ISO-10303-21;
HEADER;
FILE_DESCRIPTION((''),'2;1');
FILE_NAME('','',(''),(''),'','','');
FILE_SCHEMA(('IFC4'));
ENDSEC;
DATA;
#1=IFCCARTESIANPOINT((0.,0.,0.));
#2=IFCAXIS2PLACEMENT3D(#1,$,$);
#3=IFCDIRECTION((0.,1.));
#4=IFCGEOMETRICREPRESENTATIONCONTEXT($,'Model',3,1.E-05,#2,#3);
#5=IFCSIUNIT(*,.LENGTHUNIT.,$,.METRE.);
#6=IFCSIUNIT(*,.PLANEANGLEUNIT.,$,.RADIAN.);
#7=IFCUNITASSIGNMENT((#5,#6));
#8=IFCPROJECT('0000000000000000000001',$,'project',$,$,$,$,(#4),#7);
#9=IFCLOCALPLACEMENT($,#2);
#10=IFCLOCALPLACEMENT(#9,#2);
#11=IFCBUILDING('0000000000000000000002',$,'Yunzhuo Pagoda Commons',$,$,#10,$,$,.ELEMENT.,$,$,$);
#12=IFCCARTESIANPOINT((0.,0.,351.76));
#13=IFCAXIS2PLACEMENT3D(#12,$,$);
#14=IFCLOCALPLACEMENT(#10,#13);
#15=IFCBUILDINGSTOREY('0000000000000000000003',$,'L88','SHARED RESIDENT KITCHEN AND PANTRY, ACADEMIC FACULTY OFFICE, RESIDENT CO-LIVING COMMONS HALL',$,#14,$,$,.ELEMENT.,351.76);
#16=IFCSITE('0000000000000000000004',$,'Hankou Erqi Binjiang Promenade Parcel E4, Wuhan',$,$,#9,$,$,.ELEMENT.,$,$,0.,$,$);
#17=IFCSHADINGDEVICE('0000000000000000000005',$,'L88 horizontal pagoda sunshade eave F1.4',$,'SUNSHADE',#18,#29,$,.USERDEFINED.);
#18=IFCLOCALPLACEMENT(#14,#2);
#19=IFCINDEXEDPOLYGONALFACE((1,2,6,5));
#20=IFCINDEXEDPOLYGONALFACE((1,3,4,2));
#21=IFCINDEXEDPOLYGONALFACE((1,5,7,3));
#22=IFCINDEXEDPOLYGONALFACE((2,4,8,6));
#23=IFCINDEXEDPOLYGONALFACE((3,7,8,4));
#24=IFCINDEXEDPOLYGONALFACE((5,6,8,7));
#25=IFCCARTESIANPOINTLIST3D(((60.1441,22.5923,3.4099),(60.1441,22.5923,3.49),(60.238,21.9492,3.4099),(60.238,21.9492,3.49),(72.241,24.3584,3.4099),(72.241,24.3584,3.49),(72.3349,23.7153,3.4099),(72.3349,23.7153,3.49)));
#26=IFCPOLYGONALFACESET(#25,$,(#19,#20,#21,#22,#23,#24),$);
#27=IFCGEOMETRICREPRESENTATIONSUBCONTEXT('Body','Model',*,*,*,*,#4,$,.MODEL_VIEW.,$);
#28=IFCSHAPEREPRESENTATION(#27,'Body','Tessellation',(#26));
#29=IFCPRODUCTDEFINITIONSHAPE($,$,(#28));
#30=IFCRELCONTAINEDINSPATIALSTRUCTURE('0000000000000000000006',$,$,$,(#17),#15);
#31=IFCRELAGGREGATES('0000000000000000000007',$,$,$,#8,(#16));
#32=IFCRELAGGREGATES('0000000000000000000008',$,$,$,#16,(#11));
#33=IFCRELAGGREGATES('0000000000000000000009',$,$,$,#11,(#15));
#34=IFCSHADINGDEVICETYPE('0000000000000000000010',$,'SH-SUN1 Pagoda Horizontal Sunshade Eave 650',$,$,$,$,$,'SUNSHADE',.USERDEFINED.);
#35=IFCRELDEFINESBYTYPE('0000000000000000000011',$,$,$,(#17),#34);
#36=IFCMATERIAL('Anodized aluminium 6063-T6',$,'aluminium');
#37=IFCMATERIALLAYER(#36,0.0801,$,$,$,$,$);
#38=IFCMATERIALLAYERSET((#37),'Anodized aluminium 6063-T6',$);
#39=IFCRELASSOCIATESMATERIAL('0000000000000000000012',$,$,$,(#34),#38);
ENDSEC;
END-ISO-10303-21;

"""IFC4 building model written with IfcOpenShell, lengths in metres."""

from ifc_helpers import new_model, si_unit, direction, frame, origin, origin_2d, place, context, subcontext, project, spatial, rectangle, extrude, source, transform, mapped, material, layer, layer_set, type_object, element, save


model = new_model("IFC4")

# Units and contexts
model_context = context("Model", 3, precision=1e-05, world=origin(), true_north=direction((0.0, 1.0)))
body_context = subcontext(model_context, "Body", "Model", "MODEL_VIEW")
ifc_project = project(units=[si_unit("LENGTHUNIT", "METRE"), si_unit("PLANEANGLEUNIT", "RADIAN")], contexts=[model_context])

# Site, building, storey
site_placement = place(None, origin())
site = spatial("IfcSite", under=ifc_project, at=site_placement, Name="Hankou Erqi Binjiang Promenade Parcel E4, Wuhan", CompositionType="ELEMENT", RefElevation=0.0)
building_placement = place(site_placement, origin())
building = spatial("IfcBuilding", under=site, at=building_placement, Name="Yunzhuo Pagoda Commons", CompositionType="ELEMENT")
storey_placement = place(building_placement, frame((0.0, 0.0, 351.76)))
storey = spatial("IfcBuildingStorey", under=building, at=storey_placement, Name="L88", Description="SHARED RESIDENT KITCHEN AND PANTRY, ACADEMIC FACULTY OFFICE, RESIDENT CO-LIVING COMMONS HALL", CompositionType="ELEMENT", Elevation=351.76)

# Shared definitions
ifc_material_1 = material(Name="Anodized aluminium 6063-T6", Category="aluminium")

# Shading device
ifc_layer_1 = layer(ifc_material_1, 0.0801)
ifc_layer_set_1 = layer_set([ifc_layer_1], Name="Anodized aluminium 6063-T6")
shading_device_type = type_object("IfcShadingDeviceType", Name="SH-SUN1 Pagoda Horizontal Sunshade Eave 650", ElementType="SUNSHADE", PredefinedType="USERDEFINED", material=ifc_layer_set_1)
shared_shape_1 = source(origin(), body_context, "Body", "SweptSolid", [
    extrude(rectangle(XDim=12.2251, YDim=0.6499, at=origin_2d()), origin(), (0.0, 0.0, 1.0), 0.0801),
])
shading_device_placement = place(storey_placement, frame((66.2395, 23.1538, 3.4099), z_axis=(0.0, 0.0, 1.0), x_axis=(0.989511, 0.14446, 0.0)))
element("IfcShadingDevice", 1, at=shading_device_placement, inside=storey, type_object=shading_device_type, Name="L88 horizontal pagoda sunshade eave F1.4", ObjectType="SUNSHADE", PredefinedType="USERDEFINED", context=body_context, shape_type="MappedRepresentation", body=[
    mapped(shared_shape_1, transform((0.0, 0.0, 0.0), scale=1.0)),
])

save(model, "model.ifc")
